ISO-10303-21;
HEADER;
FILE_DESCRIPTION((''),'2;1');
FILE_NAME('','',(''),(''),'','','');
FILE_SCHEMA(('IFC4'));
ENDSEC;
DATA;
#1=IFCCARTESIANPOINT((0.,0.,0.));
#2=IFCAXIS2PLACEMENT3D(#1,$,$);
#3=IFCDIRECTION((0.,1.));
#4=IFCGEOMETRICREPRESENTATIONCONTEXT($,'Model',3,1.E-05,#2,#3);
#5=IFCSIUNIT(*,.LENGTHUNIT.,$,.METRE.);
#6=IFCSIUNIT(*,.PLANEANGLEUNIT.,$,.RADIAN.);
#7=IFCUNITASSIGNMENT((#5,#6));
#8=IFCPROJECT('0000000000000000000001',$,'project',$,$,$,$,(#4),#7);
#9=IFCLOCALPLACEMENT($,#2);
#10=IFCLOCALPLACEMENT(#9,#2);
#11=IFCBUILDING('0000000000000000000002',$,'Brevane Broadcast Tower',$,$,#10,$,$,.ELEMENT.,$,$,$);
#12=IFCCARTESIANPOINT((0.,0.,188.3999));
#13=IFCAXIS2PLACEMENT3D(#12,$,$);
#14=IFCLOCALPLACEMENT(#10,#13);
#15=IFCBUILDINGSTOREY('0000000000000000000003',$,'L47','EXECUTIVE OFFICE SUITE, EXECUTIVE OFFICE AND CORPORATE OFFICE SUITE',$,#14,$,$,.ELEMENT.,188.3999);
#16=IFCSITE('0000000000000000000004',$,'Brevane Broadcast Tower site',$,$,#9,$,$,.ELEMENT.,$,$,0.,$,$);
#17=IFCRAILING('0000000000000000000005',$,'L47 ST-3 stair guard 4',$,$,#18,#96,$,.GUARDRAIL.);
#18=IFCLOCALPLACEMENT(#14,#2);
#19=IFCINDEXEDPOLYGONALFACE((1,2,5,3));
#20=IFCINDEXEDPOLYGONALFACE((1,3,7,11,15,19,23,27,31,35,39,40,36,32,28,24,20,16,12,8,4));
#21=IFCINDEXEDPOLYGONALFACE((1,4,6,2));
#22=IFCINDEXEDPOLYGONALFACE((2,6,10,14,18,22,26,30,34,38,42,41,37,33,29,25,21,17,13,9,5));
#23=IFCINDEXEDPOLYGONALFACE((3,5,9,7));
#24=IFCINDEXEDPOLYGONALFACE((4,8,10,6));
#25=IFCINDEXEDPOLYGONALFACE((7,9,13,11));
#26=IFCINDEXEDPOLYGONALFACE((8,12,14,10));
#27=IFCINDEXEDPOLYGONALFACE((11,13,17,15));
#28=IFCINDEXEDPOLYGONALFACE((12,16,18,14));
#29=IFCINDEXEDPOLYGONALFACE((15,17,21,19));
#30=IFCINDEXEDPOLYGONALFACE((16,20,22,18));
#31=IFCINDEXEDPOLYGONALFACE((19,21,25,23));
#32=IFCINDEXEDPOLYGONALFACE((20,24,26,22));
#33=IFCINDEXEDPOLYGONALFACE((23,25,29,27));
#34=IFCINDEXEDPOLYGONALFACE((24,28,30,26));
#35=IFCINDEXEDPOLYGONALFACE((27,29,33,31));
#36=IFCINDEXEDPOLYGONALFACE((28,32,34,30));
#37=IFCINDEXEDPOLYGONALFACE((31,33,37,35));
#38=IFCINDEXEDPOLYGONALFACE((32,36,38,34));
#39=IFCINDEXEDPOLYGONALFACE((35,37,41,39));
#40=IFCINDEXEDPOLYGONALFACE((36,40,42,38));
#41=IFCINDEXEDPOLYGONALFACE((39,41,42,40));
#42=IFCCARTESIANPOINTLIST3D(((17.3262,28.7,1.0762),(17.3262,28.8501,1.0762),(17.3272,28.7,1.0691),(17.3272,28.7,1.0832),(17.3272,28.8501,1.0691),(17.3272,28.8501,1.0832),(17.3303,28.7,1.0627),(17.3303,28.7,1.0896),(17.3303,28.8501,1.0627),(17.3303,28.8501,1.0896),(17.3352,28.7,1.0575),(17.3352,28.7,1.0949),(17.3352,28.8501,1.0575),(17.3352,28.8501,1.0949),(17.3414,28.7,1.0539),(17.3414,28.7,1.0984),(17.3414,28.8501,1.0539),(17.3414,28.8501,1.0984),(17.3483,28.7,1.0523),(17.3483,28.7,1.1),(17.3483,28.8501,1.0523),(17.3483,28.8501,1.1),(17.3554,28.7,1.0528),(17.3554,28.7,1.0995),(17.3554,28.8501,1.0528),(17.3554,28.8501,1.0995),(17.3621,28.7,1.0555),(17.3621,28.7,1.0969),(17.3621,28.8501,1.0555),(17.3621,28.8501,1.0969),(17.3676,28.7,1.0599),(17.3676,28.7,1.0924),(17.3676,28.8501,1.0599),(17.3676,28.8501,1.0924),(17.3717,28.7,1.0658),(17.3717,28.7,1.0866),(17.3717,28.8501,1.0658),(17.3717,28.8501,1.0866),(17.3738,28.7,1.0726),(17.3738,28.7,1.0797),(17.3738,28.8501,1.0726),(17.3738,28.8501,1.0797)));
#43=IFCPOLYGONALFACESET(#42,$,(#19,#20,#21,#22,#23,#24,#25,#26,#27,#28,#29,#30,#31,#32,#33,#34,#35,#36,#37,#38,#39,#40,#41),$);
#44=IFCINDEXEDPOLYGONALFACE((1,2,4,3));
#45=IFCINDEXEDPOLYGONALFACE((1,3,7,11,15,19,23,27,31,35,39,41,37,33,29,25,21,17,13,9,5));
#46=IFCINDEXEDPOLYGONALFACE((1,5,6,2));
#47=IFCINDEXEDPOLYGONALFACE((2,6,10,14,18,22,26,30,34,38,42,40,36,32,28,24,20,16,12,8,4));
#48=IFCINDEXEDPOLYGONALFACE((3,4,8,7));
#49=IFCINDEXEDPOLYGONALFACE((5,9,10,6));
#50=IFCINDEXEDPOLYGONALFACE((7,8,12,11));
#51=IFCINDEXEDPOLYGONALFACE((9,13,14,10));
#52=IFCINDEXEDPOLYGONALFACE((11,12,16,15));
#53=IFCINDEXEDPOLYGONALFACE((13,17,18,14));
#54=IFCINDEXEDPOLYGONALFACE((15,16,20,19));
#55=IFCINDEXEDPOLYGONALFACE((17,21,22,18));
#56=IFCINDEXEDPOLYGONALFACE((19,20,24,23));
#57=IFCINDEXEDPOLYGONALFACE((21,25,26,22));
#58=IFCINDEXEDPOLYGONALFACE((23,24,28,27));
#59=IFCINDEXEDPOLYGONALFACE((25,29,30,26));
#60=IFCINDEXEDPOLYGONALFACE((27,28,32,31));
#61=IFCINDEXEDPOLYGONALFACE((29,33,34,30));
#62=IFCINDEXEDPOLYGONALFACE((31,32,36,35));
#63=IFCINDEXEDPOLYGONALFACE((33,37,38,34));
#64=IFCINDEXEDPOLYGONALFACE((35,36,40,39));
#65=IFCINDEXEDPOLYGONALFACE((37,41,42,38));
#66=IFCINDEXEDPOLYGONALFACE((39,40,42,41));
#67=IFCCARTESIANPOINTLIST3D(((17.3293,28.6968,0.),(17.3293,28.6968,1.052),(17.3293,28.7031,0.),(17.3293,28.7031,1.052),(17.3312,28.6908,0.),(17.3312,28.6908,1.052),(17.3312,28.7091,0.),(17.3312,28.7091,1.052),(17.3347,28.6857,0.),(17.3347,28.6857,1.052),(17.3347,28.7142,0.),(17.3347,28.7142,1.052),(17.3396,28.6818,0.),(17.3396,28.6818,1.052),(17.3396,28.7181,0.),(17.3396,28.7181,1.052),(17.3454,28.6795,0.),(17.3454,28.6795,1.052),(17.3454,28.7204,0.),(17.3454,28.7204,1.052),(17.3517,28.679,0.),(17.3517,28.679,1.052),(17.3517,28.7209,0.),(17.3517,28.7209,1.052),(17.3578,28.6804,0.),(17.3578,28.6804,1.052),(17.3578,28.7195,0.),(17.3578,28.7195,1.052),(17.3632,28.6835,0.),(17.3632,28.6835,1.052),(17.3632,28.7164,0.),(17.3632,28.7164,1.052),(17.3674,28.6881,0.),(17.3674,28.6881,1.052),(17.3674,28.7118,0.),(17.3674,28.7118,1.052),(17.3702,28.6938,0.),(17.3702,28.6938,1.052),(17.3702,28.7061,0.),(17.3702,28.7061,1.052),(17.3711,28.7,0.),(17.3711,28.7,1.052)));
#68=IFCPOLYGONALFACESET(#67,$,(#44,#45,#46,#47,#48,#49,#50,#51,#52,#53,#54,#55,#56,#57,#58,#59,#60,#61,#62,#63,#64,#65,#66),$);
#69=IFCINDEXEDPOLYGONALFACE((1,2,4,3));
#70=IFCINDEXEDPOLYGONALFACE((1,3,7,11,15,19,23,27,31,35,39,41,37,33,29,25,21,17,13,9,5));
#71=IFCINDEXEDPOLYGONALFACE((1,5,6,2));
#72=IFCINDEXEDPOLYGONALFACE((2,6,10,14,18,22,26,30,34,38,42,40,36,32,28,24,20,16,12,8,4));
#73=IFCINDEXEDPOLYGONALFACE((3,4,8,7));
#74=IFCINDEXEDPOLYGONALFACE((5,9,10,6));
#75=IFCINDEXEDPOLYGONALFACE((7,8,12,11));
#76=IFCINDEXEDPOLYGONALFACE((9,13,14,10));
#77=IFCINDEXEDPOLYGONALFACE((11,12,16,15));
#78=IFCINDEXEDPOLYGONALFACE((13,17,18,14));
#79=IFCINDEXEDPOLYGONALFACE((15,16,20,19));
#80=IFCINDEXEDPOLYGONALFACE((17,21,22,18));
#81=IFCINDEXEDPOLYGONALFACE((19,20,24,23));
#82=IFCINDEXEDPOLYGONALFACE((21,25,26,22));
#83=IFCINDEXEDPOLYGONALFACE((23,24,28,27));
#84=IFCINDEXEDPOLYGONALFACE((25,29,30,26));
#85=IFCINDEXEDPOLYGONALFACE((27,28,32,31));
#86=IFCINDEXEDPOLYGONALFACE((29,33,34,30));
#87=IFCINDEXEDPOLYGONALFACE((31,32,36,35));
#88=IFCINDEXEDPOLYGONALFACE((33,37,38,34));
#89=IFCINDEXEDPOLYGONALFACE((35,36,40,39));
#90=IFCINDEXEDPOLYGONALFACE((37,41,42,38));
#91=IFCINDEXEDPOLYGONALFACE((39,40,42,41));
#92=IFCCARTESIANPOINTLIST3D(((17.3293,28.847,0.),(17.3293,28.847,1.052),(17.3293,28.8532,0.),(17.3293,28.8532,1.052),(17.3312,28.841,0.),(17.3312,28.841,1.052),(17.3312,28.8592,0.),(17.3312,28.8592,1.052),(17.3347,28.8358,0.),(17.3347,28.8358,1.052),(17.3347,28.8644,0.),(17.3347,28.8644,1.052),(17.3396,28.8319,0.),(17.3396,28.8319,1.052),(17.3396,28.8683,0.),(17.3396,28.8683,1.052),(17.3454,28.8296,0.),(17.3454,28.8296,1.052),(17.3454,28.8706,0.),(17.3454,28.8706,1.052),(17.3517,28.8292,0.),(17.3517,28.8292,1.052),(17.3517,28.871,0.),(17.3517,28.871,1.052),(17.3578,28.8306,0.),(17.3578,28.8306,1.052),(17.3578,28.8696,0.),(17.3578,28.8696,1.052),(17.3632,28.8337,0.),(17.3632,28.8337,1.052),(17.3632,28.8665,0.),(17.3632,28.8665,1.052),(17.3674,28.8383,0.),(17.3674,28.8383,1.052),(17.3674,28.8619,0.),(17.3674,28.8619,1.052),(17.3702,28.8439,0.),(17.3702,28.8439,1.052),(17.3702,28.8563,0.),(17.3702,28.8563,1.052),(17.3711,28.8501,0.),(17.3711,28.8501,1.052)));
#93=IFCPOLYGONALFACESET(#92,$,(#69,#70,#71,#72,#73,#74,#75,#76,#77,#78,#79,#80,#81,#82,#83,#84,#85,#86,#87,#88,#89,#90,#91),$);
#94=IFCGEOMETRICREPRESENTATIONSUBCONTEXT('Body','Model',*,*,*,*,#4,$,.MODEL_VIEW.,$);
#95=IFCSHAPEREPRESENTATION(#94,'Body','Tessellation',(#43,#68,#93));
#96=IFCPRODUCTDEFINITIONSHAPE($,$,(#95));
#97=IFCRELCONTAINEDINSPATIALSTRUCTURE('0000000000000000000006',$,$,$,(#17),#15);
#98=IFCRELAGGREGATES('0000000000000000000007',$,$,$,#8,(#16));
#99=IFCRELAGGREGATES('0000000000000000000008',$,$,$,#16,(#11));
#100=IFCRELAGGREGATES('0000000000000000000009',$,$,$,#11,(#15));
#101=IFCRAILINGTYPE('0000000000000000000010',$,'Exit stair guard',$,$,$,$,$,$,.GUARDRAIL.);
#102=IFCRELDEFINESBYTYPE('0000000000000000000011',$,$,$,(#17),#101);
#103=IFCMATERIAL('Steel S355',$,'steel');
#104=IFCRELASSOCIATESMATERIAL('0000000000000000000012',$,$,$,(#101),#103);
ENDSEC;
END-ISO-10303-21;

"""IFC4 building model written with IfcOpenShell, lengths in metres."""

from ifc_helpers import new_model, si_unit, direction, frame, origin, origin_2d, place, context, subcontext, project, spatial, circle, extrude, material, type_object, element, save


model = new_model("IFC4")

# Units and contexts
model_context = context("Model", 3, precision=1e-05, world=origin(), true_north=direction((0.0, 1.0)))
body_context = subcontext(model_context, "Body", "Model", "MODEL_VIEW")
ifc_project = project(units=[si_unit("LENGTHUNIT", "METRE"), si_unit("PLANEANGLEUNIT", "RADIAN")], contexts=[model_context])

# Site, building, storey
site_placement = place(None, origin())
site = spatial("IfcSite", under=ifc_project, at=site_placement, Name="Brevane Broadcast Tower site", CompositionType="ELEMENT", RefElevation=0.0)
building_placement = place(site_placement, origin())
building = spatial("IfcBuilding", under=site, at=building_placement, Name="Brevane Broadcast Tower", CompositionType="ELEMENT")
storey_placement = place(building_placement, frame((0.0, 0.0, 188.3999)))
storey = spatial("IfcBuildingStorey", under=building, at=storey_placement, Name="L47", Description="EXECUTIVE OFFICE SUITE, EXECUTIVE OFFICE AND CORPORATE OFFICE SUITE", CompositionType="ELEMENT", Elevation=188.3999)

# Railing
ifc_material_1 = material(Name="Steel S355", Category="steel")
railing_type_1 = type_object("IfcRailingType", Name="Exit stair guard", PredefinedType="GUARDRAIL", material=ifc_material_1)
railing_1_placement = place(storey_placement, frame((17.3501, 28.7, 0.0)))
element("IfcRailing", 1, at=railing_1_placement, inside=storey, type_object=railing_type_1, Name="L47 ST-3 stair guard 4", PredefinedType="GUARDRAIL", context=body_context, shape_type="SweptSolid", body=[
    extrude(circle(Radius=0.0239, at=origin_2d()), frame((0.0, 0.0, 1.0762), z_axis=(0.0, 1.0, 0.0), x_axis=(-1.0, 0.0, 0.0)), (0.0, 0.0, 1.0), 0.1501),
    extrude(circle(Radius=0.021, at=origin_2d()), origin(), (0.0, 0.0, 1.0), 1.052),
    extrude(circle(Radius=0.021, at=origin_2d()), frame((0.0, 0.1501, 0.0)), (0.0, 0.0, 1.0), 1.052),
])

save(model, "model.ifc")
